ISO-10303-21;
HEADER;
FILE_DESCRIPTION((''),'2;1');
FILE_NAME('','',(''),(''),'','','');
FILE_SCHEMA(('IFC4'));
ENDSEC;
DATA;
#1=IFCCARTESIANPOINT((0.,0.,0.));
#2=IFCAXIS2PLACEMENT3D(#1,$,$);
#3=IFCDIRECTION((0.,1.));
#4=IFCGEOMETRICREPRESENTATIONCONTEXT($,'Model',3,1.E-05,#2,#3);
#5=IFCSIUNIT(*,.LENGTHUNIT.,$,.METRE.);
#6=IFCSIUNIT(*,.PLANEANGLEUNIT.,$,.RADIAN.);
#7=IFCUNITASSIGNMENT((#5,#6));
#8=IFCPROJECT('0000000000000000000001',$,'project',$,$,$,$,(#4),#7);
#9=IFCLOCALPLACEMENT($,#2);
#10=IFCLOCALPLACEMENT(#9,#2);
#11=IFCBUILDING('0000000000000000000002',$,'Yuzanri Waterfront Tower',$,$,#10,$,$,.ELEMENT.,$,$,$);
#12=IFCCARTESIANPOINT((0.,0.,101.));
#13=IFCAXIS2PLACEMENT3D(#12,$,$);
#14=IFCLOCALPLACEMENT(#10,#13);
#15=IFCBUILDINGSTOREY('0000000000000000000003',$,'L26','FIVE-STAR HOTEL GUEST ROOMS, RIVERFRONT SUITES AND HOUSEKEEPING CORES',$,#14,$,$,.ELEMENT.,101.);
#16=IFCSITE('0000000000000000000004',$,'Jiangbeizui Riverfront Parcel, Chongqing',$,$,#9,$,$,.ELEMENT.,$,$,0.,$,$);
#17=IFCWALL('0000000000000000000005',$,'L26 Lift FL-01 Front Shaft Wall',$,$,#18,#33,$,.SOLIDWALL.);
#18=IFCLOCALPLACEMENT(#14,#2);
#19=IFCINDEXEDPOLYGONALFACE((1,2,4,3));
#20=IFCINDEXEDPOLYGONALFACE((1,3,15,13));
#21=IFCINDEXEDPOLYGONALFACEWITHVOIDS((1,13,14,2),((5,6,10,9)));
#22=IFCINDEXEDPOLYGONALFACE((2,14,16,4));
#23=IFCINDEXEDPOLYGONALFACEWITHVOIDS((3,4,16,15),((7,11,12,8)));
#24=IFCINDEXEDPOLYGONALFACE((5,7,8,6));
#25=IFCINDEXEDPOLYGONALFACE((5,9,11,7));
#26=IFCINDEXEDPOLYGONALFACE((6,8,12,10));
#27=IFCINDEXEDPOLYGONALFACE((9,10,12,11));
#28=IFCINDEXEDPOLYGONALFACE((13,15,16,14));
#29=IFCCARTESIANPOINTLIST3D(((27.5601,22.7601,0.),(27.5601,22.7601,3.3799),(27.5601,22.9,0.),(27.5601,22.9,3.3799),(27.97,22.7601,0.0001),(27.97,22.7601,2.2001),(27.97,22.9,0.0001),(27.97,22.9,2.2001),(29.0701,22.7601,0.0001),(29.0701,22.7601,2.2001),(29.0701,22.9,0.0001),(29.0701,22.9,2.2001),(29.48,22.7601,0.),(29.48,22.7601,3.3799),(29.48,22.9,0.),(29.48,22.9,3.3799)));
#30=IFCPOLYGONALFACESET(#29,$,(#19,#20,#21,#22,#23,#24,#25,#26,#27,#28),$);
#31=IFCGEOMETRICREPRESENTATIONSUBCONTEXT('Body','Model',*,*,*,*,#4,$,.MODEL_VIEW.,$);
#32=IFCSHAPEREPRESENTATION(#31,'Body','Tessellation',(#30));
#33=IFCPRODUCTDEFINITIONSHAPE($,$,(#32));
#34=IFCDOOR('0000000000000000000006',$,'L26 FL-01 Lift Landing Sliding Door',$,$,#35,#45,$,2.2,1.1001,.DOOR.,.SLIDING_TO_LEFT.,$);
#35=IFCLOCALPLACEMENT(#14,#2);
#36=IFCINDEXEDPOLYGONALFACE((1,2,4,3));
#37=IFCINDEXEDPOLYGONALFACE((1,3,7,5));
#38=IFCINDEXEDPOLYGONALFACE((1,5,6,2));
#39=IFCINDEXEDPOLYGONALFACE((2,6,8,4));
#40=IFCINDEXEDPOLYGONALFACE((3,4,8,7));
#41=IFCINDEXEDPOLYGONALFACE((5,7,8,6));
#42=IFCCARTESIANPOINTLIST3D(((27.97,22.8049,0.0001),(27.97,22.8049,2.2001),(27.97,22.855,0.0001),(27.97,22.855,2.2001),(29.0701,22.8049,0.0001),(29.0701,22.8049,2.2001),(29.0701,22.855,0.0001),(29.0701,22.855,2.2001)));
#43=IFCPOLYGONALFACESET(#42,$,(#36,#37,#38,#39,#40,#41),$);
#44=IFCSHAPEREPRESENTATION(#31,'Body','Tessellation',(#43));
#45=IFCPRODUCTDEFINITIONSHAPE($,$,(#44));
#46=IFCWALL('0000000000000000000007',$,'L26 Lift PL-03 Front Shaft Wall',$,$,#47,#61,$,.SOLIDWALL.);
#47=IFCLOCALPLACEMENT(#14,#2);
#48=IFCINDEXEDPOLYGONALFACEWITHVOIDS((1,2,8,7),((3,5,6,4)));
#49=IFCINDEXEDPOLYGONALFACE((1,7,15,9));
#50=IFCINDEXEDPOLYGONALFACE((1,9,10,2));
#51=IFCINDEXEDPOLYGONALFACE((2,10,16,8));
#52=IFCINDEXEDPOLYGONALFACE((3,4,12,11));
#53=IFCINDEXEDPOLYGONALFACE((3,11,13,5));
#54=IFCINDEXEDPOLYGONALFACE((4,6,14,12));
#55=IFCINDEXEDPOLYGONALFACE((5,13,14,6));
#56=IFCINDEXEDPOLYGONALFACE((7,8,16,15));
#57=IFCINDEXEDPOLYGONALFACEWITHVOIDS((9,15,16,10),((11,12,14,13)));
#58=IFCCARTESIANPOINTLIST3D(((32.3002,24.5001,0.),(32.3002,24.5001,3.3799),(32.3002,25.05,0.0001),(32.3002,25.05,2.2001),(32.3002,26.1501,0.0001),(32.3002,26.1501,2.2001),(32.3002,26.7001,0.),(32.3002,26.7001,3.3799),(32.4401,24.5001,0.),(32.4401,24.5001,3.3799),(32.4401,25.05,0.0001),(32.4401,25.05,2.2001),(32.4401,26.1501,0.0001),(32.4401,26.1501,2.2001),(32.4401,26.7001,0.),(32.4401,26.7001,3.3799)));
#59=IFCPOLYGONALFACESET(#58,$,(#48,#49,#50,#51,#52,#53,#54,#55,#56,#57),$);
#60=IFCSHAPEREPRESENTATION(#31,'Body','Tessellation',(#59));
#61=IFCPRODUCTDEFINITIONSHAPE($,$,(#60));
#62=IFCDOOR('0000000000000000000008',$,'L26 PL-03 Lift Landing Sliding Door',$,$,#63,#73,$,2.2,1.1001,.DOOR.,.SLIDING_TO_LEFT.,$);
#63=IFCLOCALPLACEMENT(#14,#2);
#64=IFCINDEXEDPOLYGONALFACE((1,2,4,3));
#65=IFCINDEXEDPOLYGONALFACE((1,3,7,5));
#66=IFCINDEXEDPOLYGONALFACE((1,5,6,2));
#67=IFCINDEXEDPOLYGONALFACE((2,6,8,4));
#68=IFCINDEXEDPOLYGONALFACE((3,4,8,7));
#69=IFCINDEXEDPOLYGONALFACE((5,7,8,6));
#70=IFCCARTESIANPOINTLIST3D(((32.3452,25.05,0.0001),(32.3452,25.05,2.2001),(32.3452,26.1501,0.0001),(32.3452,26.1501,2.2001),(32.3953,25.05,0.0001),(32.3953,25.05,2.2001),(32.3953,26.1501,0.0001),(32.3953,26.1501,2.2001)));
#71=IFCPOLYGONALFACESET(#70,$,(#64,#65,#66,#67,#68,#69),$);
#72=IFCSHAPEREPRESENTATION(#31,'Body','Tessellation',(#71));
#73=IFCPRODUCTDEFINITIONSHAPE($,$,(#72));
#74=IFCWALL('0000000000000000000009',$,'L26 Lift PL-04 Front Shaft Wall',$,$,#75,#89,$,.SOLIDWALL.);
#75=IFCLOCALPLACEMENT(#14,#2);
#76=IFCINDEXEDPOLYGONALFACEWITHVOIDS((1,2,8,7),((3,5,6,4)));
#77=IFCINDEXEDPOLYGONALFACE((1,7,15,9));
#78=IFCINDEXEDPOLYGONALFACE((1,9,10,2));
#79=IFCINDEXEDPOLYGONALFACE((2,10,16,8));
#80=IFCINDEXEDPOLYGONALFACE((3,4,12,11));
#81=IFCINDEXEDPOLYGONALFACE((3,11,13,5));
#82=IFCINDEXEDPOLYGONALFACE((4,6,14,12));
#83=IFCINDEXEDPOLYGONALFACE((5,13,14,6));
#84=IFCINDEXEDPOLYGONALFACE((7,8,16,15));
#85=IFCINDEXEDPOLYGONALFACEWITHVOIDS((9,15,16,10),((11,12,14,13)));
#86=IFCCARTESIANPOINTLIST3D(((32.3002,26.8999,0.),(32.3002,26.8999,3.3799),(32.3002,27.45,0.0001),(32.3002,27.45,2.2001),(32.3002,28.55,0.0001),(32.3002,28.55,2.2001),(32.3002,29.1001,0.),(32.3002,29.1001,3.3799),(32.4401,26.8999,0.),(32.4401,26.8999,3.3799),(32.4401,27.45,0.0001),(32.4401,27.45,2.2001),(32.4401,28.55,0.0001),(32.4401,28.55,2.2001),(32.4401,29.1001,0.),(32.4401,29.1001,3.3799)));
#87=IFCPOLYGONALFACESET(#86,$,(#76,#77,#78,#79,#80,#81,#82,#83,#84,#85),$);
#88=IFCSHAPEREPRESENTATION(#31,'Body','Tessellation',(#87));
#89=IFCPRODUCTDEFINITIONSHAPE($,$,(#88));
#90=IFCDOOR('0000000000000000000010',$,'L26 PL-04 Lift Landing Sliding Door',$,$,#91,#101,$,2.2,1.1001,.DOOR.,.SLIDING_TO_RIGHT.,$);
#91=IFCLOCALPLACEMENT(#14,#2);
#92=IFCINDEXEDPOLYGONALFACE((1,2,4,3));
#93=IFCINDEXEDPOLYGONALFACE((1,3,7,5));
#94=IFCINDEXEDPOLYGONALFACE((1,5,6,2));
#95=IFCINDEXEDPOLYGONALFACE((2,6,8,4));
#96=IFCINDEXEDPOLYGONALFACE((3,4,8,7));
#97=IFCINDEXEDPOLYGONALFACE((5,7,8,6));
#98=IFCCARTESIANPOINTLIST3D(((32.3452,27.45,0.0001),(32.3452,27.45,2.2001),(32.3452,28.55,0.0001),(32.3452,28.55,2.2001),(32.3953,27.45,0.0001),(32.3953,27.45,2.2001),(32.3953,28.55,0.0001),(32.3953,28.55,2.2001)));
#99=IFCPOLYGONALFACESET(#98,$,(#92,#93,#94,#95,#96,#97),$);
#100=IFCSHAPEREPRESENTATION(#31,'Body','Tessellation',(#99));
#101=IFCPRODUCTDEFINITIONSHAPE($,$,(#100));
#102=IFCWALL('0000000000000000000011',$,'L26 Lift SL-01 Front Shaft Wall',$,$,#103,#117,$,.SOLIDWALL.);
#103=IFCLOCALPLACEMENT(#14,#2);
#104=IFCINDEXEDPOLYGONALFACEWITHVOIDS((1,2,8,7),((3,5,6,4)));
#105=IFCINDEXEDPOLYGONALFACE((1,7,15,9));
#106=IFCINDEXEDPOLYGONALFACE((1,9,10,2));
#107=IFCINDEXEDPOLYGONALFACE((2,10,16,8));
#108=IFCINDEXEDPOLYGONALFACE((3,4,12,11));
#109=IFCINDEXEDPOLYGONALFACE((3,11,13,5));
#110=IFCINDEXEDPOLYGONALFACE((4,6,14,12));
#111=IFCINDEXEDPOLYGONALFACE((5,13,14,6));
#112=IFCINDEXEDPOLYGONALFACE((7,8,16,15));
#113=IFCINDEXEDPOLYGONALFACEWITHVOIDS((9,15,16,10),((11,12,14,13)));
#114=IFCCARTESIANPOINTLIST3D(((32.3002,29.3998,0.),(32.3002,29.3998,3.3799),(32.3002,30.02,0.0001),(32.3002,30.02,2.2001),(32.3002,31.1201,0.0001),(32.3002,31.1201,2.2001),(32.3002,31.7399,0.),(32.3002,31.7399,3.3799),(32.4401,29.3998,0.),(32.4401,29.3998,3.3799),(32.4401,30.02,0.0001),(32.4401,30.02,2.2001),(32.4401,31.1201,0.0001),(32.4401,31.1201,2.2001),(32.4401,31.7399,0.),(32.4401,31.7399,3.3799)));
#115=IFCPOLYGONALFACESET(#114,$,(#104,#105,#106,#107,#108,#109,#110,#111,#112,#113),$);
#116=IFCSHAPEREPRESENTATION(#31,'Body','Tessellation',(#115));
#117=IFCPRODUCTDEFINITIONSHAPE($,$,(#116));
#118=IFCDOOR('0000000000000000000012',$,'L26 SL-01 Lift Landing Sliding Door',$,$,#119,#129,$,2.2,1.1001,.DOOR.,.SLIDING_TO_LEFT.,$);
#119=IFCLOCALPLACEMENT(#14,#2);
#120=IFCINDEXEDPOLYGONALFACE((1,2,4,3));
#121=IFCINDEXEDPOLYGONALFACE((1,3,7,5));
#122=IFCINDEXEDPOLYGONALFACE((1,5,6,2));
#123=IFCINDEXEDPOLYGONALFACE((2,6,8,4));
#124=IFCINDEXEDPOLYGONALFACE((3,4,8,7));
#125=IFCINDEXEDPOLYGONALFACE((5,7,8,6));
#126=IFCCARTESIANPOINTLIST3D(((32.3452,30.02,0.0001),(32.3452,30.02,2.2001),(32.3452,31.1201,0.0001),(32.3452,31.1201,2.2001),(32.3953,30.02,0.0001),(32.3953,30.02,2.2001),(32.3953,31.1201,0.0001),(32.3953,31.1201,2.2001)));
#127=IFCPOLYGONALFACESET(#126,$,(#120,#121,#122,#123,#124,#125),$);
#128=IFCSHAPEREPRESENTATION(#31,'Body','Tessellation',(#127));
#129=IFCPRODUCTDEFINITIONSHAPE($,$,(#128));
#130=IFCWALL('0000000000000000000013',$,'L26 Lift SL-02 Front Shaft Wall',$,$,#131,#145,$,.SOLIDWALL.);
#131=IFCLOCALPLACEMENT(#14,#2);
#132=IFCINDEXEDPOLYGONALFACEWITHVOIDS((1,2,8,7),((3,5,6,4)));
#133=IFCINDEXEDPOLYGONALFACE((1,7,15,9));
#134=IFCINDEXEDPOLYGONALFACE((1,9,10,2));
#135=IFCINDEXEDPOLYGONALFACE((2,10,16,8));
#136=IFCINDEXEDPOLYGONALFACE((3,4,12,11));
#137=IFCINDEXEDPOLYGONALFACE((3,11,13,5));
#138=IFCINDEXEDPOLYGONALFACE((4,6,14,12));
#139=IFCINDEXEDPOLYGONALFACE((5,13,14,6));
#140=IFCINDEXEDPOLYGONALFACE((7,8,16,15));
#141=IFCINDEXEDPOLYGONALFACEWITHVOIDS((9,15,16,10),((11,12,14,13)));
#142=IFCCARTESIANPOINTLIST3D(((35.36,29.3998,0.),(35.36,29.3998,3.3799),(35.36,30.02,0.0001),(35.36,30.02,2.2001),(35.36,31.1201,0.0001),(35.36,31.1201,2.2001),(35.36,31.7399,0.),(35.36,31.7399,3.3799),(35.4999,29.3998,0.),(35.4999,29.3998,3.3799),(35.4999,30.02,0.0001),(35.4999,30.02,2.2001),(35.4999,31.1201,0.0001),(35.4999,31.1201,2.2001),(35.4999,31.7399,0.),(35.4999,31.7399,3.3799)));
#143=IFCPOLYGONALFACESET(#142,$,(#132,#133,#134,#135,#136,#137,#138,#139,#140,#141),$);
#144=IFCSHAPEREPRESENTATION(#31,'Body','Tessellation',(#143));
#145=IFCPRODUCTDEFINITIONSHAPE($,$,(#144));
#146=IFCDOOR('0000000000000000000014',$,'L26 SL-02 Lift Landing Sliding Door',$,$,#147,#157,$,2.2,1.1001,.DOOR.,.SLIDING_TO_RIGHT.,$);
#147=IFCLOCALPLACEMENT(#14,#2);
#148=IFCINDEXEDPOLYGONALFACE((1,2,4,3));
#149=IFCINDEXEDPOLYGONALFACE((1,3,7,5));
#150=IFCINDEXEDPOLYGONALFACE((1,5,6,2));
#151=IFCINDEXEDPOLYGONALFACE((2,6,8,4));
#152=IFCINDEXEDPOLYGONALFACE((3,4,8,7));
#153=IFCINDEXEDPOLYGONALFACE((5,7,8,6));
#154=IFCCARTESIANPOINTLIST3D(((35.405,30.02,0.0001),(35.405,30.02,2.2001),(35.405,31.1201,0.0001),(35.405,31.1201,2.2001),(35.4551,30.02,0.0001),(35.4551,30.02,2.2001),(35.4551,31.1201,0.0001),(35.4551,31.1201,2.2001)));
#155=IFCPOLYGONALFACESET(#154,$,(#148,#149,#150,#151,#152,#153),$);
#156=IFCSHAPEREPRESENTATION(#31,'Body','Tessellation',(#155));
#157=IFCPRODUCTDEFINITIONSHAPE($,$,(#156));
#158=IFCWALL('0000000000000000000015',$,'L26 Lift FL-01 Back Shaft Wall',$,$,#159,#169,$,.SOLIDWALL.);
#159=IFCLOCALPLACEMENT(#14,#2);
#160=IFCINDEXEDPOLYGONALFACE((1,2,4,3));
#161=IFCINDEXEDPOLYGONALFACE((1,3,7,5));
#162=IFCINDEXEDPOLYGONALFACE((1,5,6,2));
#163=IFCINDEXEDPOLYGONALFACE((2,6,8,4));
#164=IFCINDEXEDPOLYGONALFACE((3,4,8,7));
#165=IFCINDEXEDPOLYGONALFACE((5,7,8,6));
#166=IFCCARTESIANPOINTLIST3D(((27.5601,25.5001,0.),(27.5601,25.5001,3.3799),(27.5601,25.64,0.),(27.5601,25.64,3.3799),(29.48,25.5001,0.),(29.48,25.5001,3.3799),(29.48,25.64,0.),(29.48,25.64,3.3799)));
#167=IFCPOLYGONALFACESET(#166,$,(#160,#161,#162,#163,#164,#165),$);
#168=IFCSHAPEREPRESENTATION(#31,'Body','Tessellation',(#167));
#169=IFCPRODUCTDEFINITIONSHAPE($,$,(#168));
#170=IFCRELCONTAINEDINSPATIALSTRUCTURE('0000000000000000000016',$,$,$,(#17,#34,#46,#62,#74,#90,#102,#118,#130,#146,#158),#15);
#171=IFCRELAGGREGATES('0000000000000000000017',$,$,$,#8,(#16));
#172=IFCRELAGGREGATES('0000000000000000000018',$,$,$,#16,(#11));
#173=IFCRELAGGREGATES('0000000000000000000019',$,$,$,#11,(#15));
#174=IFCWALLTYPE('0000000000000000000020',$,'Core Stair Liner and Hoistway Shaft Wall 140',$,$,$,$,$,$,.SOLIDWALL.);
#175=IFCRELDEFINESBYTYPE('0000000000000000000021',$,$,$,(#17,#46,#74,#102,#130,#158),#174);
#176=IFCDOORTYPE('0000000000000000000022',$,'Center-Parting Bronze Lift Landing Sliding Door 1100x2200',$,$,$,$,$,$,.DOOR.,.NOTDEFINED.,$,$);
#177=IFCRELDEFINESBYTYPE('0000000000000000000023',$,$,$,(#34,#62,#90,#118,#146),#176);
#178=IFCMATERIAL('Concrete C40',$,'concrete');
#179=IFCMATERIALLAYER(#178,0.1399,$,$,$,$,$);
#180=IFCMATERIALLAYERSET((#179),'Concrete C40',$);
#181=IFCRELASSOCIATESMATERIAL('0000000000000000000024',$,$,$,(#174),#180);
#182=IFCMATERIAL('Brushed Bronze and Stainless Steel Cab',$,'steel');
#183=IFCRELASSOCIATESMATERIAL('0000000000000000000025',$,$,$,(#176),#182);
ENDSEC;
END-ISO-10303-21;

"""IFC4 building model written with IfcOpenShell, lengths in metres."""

from ifc_helpers import new_model, si_unit, direction, frame, frame_2d, origin, place, context, subcontext, project, spatial, rectangle, extrude, source, transform, mapped, material, layer, layer_set, type_object, element, fill, save


model = new_model("IFC4")

# Units and contexts
model_context = context("Model", 3, precision=1e-05, world=origin(), true_north=direction((0.0, 1.0)))
body_context = subcontext(model_context, "Body", "Model", "MODEL_VIEW")
ifc_project = project(units=[si_unit("LENGTHUNIT", "METRE"), si_unit("PLANEANGLEUNIT", "RADIAN")], contexts=[model_context])

# Site, building, storey
site_placement = place(None, origin())
site = spatial("IfcSite", under=ifc_project, at=site_placement, Name="Jiangbeizui Riverfront Parcel, Chongqing", CompositionType="ELEMENT", RefElevation=0.0)
building_placement = place(site_placement, origin())
building = spatial("IfcBuilding", under=site, at=building_placement, Name="Yuzanri Waterfront Tower", CompositionType="ELEMENT")
storey_placement = place(building_placement, frame((0.0, 0.0, 101.0)))
storey = spatial("IfcBuildingStorey", under=building, at=storey_placement, Name="L26", Description="FIVE-STAR HOTEL GUEST ROOMS, RIVERFRONT SUITES AND HOUSEKEEPING CORES", CompositionType="ELEMENT", Elevation=101.0)

# Walls, openings, doors
ifc_material_1 = material(Name="Concrete C40", Category="concrete")
ifc_layer_1 = layer(ifc_material_1, 0.1399)
ifc_layer_set_1 = layer_set([ifc_layer_1], Name="Concrete C40")
wall_type_1 = type_object("IfcWallType", Name="Core Stair Liner and Hoistway Shaft Wall 140", PredefinedType="SOLIDWALL", material=ifc_layer_set_1)
wall_1_placement = place(storey_placement, frame((27.5601, 22.8301, 0.0), z_axis=(0.0, 0.0, 1.0), x_axis=(1.0, 0.0, 0.0)))
wall_1 = element("IfcWall", 1, at=wall_1_placement, inside=storey, type_object=wall_type_1, Name="L26 Lift FL-01 Front Shaft Wall", PredefinedType="SOLIDWALL", context=body_context, shape_type="SweptSolid", body=[
    extrude(rectangle(XDim=1.9199, YDim=0.1399, at=frame_2d((0.96, 0.0))), origin(), (0.0, 0.0, 1.0), 3.3799),
])
opening_1_placement = place(wall_1_placement, frame((0.4099, 0.0, 0.0)))
opening_1 = element("IfcOpeningElement", 2, at=opening_1_placement, cuts=wall_1, PredefinedType="OPENING", context=body_context, shape_type="SweptSolid", body=[
    extrude(rectangle(XDim=1.1001, YDim=2.2, at=frame_2d((0.55, 1.1001))), frame((0.0, 0.085, 0.0), z_axis=(0.0, -1.0, 0.0), x_axis=(1.0, 0.0, 0.0)), (0.0, 0.0, 1.0), 0.1697),
])
ifc_material_2 = material(Name="Brushed Bronze and Stainless Steel Cab", Category="steel")
door_type_1 = type_object("IfcDoorType", Name="Center-Parting Bronze Lift Landing Sliding Door 1100x2200", OperationType="NOTDEFINED", PredefinedType="DOOR", material=ifc_material_2)
shared_shape_1 = source(origin(), body_context, "Body", "SweptSolid", [
    extrude(rectangle(XDim=1.1001, YDim=2.2, at=frame_2d((0.55, 1.1001))), frame((0.0, 0.0249, 0.0), z_axis=(0.0, -1.0, 0.0), x_axis=(1.0, 0.0, 0.0)), (0.0, 0.0, 1.0), 0.05),
])
door_1_placement = place(opening_1_placement, origin())
door_1 = element("IfcDoor", 3, at=door_1_placement, inside=storey, type_object=door_type_1, Name="L26 FL-01 Lift Landing Sliding Door", OperationType="SLIDING_TO_LEFT", OverallHeight=2.2, OverallWidth=1.1001, PredefinedType="DOOR", context=body_context, shape_type="MappedRepresentation", body=[
    mapped(shared_shape_1, transform((0.0, 0.0, 0.0), scale=1.0)),
])
fill(opening_1, door_1)
wall_2_placement = place(storey_placement, frame((32.3701, 24.5, 0.0), z_axis=(0.0, 0.0, 1.0), x_axis=(0.0, 1.0, 0.0)))
wall_2 = element("IfcWall", 4, at=wall_2_placement, inside=storey, type_object=wall_type_1, Name="L26 Lift PL-03 Front Shaft Wall", PredefinedType="SOLIDWALL", context=body_context, shape_type="SweptSolid", body=[
    extrude(rectangle(XDim=2.2, YDim=0.1399, at=frame_2d((1.1001, 0.0))), origin(), (0.0, 0.0, 1.0), 3.3799),
])
opening_2_placement = place(wall_2_placement, frame((0.55, 0.0, 0.0)))
opening_2 = element("IfcOpeningElement", 5, at=opening_2_placement, cuts=wall_2, PredefinedType="OPENING", context=body_context, shape_type="SweptSolid", body=[
    extrude(rectangle(XDim=1.1001, YDim=2.2, at=frame_2d((0.55, 1.1001))), frame((0.0, 0.085, 0.0), z_axis=(0.0, -1.0, 0.0), x_axis=(1.0, 0.0, 0.0)), (0.0, 0.0, 1.0), 0.1697),
])
door_2_placement = place(opening_2_placement, origin())
door_2 = element("IfcDoor", 6, at=door_2_placement, inside=storey, type_object=door_type_1, Name="L26 PL-03 Lift Landing Sliding Door", OperationType="SLIDING_TO_LEFT", OverallHeight=2.2, OverallWidth=1.1001, PredefinedType="DOOR", context=body_context, shape_type="MappedRepresentation", body=[
    mapped(shared_shape_1, transform((0.0, 0.0, 0.0), scale=1.0)),
])
fill(opening_2, door_2)
wall_3_placement = place(storey_placement, frame((32.3701, 26.8999, 0.0), z_axis=(0.0, 0.0, 1.0), x_axis=(0.0, 1.0, 0.0)))
wall_3 = element("IfcWall", 7, at=wall_3_placement, inside=storey, type_object=wall_type_1, Name="L26 Lift PL-04 Front Shaft Wall", PredefinedType="SOLIDWALL", context=body_context, shape_type="SweptSolid", body=[
    extrude(rectangle(XDim=2.2002, YDim=0.1399, at=frame_2d((1.1001, 0.0))), origin(), (0.0, 0.0, 1.0), 3.3799),
])
opening_3_placement = place(wall_3_placement, frame((0.55, 0.0, 0.0)))
opening_3 = element("IfcOpeningElement", 8, at=opening_3_placement, cuts=wall_3, PredefinedType="OPENING", context=body_context, shape_type="SweptSolid", body=[
    extrude(rectangle(XDim=1.1001, YDim=2.2, at=frame_2d((0.55, 1.1001))), frame((0.0, 0.085, 0.0), z_axis=(0.0, -1.0, 0.0), x_axis=(1.0, 0.0, 0.0)), (0.0, 0.0, 1.0), 0.1697),
])
door_3_placement = place(opening_3_placement, origin())
door_3 = element("IfcDoor", 9, at=door_3_placement, inside=storey, type_object=door_type_1, Name="L26 PL-04 Lift Landing Sliding Door", OperationType="SLIDING_TO_RIGHT", OverallHeight=2.2, OverallWidth=1.1001, PredefinedType="DOOR", context=body_context, shape_type="MappedRepresentation", body=[
    mapped(shared_shape_1, transform((0.0, 0.0, 0.0), scale=1.0)),
])
fill(opening_3, door_3)
wall_4_placement = place(storey_placement, frame((32.3701, 29.3999, 0.0), z_axis=(0.0, 0.0, 1.0), x_axis=(0.0, 1.0, 0.0)))
wall_4 = element("IfcWall", 10, at=wall_4_placement, inside=storey, type_object=wall_type_1, Name="L26 Lift SL-01 Front Shaft Wall", PredefinedType="SOLIDWALL", context=body_context, shape_type="SweptSolid", body=[
    extrude(rectangle(XDim=2.3401, YDim=0.1399, at=frame_2d((1.1699, 0.0))), origin(), (0.0, 0.0, 1.0), 3.3799),
])
opening_4_placement = place(wall_4_placement, frame((0.6201, 0.0, 0.0)))
opening_4 = element("IfcOpeningElement", 11, at=opening_4_placement, cuts=wall_4, PredefinedType="OPENING", context=body_context, shape_type="SweptSolid", body=[
    extrude(rectangle(XDim=1.1001, YDim=2.2, at=frame_2d((0.55, 1.1001))), frame((0.0, 0.085, 0.0), z_axis=(0.0, -1.0, 0.0), x_axis=(1.0, 0.0, 0.0)), (0.0, 0.0, 1.0), 0.1697),
])
door_4_placement = place(opening_4_placement, origin())
door_4 = element("IfcDoor", 12, at=door_4_placement, inside=storey, type_object=door_type_1, Name="L26 SL-01 Lift Landing Sliding Door", OperationType="SLIDING_TO_LEFT", OverallHeight=2.2, OverallWidth=1.1001, PredefinedType="DOOR", context=body_context, shape_type="MappedRepresentation", body=[
    mapped(shared_shape_1, transform((0.0, 0.0, 0.0), scale=1.0)),
])
fill(opening_4, door_4)
wall_5_placement = place(storey_placement, frame((35.4299, 29.3999, 0.0), z_axis=(0.0, 0.0, 1.0), x_axis=(0.0, 1.0, 0.0)))
wall_5 = element("IfcWall", 13, at=wall_5_placement, inside=storey, type_object=wall_type_1, Name="L26 Lift SL-02 Front Shaft Wall", PredefinedType="SOLIDWALL", context=body_context, shape_type="SweptSolid", body=[
    extrude(rectangle(XDim=2.3401, YDim=0.1399, at=frame_2d((1.1699, 0.0))), origin(), (0.0, 0.0, 1.0), 3.3799),
])
opening_5_placement = place(wall_5_placement, frame((0.6201, 0.0, 0.0)))
opening_5 = element("IfcOpeningElement", 14, at=opening_5_placement, cuts=wall_5, PredefinedType="OPENING", context=body_context, shape_type="SweptSolid", body=[
    extrude(rectangle(XDim=1.1001, YDim=2.2, at=frame_2d((0.55, 1.1001))), frame((0.0, 0.085, 0.0), z_axis=(0.0, -1.0, 0.0), x_axis=(1.0, 0.0, 0.0)), (0.0, 0.0, 1.0), 0.1697),
])
door_5_placement = place(opening_5_placement, origin())
door_5 = element("IfcDoor", 15, at=door_5_placement, inside=storey, type_object=door_type_1, Name="L26 SL-02 Lift Landing Sliding Door", OperationType="SLIDING_TO_RIGHT", OverallHeight=2.2, OverallWidth=1.1001, PredefinedType="DOOR", context=body_context, shape_type="MappedRepresentation", body=[
    mapped(shared_shape_1, transform((0.0, 0.0, 0.0), scale=1.0)),
])
fill(opening_5, door_5)

# Wall
shared_shape_2 = source(origin(), body_context, "Body", "SweptSolid", [
    extrude(rectangle(XDim=1.9199, YDim=0.1399, at=frame_2d((0.96, 0.0))), origin(), (0.0, 0.0, 1.0), 3.3799),
])
wall_6_placement = place(storey_placement, frame((27.5601, 25.5701, 0.0), z_axis=(0.0, 0.0, 1.0), x_axis=(1.0, 0.0, 0.0)))
element("IfcWall", 16, at=wall_6_placement, inside=storey, type_object=wall_type_1, Name="L26 Lift FL-01 Back Shaft Wall", PredefinedType="SOLIDWALL", context=body_context, shape_type="MappedRepresentation", body=[
    mapped(shared_shape_2, transform((0.0, 0.0, 0.0), scale=1.0)),
])

save(model, "model.ifc")
